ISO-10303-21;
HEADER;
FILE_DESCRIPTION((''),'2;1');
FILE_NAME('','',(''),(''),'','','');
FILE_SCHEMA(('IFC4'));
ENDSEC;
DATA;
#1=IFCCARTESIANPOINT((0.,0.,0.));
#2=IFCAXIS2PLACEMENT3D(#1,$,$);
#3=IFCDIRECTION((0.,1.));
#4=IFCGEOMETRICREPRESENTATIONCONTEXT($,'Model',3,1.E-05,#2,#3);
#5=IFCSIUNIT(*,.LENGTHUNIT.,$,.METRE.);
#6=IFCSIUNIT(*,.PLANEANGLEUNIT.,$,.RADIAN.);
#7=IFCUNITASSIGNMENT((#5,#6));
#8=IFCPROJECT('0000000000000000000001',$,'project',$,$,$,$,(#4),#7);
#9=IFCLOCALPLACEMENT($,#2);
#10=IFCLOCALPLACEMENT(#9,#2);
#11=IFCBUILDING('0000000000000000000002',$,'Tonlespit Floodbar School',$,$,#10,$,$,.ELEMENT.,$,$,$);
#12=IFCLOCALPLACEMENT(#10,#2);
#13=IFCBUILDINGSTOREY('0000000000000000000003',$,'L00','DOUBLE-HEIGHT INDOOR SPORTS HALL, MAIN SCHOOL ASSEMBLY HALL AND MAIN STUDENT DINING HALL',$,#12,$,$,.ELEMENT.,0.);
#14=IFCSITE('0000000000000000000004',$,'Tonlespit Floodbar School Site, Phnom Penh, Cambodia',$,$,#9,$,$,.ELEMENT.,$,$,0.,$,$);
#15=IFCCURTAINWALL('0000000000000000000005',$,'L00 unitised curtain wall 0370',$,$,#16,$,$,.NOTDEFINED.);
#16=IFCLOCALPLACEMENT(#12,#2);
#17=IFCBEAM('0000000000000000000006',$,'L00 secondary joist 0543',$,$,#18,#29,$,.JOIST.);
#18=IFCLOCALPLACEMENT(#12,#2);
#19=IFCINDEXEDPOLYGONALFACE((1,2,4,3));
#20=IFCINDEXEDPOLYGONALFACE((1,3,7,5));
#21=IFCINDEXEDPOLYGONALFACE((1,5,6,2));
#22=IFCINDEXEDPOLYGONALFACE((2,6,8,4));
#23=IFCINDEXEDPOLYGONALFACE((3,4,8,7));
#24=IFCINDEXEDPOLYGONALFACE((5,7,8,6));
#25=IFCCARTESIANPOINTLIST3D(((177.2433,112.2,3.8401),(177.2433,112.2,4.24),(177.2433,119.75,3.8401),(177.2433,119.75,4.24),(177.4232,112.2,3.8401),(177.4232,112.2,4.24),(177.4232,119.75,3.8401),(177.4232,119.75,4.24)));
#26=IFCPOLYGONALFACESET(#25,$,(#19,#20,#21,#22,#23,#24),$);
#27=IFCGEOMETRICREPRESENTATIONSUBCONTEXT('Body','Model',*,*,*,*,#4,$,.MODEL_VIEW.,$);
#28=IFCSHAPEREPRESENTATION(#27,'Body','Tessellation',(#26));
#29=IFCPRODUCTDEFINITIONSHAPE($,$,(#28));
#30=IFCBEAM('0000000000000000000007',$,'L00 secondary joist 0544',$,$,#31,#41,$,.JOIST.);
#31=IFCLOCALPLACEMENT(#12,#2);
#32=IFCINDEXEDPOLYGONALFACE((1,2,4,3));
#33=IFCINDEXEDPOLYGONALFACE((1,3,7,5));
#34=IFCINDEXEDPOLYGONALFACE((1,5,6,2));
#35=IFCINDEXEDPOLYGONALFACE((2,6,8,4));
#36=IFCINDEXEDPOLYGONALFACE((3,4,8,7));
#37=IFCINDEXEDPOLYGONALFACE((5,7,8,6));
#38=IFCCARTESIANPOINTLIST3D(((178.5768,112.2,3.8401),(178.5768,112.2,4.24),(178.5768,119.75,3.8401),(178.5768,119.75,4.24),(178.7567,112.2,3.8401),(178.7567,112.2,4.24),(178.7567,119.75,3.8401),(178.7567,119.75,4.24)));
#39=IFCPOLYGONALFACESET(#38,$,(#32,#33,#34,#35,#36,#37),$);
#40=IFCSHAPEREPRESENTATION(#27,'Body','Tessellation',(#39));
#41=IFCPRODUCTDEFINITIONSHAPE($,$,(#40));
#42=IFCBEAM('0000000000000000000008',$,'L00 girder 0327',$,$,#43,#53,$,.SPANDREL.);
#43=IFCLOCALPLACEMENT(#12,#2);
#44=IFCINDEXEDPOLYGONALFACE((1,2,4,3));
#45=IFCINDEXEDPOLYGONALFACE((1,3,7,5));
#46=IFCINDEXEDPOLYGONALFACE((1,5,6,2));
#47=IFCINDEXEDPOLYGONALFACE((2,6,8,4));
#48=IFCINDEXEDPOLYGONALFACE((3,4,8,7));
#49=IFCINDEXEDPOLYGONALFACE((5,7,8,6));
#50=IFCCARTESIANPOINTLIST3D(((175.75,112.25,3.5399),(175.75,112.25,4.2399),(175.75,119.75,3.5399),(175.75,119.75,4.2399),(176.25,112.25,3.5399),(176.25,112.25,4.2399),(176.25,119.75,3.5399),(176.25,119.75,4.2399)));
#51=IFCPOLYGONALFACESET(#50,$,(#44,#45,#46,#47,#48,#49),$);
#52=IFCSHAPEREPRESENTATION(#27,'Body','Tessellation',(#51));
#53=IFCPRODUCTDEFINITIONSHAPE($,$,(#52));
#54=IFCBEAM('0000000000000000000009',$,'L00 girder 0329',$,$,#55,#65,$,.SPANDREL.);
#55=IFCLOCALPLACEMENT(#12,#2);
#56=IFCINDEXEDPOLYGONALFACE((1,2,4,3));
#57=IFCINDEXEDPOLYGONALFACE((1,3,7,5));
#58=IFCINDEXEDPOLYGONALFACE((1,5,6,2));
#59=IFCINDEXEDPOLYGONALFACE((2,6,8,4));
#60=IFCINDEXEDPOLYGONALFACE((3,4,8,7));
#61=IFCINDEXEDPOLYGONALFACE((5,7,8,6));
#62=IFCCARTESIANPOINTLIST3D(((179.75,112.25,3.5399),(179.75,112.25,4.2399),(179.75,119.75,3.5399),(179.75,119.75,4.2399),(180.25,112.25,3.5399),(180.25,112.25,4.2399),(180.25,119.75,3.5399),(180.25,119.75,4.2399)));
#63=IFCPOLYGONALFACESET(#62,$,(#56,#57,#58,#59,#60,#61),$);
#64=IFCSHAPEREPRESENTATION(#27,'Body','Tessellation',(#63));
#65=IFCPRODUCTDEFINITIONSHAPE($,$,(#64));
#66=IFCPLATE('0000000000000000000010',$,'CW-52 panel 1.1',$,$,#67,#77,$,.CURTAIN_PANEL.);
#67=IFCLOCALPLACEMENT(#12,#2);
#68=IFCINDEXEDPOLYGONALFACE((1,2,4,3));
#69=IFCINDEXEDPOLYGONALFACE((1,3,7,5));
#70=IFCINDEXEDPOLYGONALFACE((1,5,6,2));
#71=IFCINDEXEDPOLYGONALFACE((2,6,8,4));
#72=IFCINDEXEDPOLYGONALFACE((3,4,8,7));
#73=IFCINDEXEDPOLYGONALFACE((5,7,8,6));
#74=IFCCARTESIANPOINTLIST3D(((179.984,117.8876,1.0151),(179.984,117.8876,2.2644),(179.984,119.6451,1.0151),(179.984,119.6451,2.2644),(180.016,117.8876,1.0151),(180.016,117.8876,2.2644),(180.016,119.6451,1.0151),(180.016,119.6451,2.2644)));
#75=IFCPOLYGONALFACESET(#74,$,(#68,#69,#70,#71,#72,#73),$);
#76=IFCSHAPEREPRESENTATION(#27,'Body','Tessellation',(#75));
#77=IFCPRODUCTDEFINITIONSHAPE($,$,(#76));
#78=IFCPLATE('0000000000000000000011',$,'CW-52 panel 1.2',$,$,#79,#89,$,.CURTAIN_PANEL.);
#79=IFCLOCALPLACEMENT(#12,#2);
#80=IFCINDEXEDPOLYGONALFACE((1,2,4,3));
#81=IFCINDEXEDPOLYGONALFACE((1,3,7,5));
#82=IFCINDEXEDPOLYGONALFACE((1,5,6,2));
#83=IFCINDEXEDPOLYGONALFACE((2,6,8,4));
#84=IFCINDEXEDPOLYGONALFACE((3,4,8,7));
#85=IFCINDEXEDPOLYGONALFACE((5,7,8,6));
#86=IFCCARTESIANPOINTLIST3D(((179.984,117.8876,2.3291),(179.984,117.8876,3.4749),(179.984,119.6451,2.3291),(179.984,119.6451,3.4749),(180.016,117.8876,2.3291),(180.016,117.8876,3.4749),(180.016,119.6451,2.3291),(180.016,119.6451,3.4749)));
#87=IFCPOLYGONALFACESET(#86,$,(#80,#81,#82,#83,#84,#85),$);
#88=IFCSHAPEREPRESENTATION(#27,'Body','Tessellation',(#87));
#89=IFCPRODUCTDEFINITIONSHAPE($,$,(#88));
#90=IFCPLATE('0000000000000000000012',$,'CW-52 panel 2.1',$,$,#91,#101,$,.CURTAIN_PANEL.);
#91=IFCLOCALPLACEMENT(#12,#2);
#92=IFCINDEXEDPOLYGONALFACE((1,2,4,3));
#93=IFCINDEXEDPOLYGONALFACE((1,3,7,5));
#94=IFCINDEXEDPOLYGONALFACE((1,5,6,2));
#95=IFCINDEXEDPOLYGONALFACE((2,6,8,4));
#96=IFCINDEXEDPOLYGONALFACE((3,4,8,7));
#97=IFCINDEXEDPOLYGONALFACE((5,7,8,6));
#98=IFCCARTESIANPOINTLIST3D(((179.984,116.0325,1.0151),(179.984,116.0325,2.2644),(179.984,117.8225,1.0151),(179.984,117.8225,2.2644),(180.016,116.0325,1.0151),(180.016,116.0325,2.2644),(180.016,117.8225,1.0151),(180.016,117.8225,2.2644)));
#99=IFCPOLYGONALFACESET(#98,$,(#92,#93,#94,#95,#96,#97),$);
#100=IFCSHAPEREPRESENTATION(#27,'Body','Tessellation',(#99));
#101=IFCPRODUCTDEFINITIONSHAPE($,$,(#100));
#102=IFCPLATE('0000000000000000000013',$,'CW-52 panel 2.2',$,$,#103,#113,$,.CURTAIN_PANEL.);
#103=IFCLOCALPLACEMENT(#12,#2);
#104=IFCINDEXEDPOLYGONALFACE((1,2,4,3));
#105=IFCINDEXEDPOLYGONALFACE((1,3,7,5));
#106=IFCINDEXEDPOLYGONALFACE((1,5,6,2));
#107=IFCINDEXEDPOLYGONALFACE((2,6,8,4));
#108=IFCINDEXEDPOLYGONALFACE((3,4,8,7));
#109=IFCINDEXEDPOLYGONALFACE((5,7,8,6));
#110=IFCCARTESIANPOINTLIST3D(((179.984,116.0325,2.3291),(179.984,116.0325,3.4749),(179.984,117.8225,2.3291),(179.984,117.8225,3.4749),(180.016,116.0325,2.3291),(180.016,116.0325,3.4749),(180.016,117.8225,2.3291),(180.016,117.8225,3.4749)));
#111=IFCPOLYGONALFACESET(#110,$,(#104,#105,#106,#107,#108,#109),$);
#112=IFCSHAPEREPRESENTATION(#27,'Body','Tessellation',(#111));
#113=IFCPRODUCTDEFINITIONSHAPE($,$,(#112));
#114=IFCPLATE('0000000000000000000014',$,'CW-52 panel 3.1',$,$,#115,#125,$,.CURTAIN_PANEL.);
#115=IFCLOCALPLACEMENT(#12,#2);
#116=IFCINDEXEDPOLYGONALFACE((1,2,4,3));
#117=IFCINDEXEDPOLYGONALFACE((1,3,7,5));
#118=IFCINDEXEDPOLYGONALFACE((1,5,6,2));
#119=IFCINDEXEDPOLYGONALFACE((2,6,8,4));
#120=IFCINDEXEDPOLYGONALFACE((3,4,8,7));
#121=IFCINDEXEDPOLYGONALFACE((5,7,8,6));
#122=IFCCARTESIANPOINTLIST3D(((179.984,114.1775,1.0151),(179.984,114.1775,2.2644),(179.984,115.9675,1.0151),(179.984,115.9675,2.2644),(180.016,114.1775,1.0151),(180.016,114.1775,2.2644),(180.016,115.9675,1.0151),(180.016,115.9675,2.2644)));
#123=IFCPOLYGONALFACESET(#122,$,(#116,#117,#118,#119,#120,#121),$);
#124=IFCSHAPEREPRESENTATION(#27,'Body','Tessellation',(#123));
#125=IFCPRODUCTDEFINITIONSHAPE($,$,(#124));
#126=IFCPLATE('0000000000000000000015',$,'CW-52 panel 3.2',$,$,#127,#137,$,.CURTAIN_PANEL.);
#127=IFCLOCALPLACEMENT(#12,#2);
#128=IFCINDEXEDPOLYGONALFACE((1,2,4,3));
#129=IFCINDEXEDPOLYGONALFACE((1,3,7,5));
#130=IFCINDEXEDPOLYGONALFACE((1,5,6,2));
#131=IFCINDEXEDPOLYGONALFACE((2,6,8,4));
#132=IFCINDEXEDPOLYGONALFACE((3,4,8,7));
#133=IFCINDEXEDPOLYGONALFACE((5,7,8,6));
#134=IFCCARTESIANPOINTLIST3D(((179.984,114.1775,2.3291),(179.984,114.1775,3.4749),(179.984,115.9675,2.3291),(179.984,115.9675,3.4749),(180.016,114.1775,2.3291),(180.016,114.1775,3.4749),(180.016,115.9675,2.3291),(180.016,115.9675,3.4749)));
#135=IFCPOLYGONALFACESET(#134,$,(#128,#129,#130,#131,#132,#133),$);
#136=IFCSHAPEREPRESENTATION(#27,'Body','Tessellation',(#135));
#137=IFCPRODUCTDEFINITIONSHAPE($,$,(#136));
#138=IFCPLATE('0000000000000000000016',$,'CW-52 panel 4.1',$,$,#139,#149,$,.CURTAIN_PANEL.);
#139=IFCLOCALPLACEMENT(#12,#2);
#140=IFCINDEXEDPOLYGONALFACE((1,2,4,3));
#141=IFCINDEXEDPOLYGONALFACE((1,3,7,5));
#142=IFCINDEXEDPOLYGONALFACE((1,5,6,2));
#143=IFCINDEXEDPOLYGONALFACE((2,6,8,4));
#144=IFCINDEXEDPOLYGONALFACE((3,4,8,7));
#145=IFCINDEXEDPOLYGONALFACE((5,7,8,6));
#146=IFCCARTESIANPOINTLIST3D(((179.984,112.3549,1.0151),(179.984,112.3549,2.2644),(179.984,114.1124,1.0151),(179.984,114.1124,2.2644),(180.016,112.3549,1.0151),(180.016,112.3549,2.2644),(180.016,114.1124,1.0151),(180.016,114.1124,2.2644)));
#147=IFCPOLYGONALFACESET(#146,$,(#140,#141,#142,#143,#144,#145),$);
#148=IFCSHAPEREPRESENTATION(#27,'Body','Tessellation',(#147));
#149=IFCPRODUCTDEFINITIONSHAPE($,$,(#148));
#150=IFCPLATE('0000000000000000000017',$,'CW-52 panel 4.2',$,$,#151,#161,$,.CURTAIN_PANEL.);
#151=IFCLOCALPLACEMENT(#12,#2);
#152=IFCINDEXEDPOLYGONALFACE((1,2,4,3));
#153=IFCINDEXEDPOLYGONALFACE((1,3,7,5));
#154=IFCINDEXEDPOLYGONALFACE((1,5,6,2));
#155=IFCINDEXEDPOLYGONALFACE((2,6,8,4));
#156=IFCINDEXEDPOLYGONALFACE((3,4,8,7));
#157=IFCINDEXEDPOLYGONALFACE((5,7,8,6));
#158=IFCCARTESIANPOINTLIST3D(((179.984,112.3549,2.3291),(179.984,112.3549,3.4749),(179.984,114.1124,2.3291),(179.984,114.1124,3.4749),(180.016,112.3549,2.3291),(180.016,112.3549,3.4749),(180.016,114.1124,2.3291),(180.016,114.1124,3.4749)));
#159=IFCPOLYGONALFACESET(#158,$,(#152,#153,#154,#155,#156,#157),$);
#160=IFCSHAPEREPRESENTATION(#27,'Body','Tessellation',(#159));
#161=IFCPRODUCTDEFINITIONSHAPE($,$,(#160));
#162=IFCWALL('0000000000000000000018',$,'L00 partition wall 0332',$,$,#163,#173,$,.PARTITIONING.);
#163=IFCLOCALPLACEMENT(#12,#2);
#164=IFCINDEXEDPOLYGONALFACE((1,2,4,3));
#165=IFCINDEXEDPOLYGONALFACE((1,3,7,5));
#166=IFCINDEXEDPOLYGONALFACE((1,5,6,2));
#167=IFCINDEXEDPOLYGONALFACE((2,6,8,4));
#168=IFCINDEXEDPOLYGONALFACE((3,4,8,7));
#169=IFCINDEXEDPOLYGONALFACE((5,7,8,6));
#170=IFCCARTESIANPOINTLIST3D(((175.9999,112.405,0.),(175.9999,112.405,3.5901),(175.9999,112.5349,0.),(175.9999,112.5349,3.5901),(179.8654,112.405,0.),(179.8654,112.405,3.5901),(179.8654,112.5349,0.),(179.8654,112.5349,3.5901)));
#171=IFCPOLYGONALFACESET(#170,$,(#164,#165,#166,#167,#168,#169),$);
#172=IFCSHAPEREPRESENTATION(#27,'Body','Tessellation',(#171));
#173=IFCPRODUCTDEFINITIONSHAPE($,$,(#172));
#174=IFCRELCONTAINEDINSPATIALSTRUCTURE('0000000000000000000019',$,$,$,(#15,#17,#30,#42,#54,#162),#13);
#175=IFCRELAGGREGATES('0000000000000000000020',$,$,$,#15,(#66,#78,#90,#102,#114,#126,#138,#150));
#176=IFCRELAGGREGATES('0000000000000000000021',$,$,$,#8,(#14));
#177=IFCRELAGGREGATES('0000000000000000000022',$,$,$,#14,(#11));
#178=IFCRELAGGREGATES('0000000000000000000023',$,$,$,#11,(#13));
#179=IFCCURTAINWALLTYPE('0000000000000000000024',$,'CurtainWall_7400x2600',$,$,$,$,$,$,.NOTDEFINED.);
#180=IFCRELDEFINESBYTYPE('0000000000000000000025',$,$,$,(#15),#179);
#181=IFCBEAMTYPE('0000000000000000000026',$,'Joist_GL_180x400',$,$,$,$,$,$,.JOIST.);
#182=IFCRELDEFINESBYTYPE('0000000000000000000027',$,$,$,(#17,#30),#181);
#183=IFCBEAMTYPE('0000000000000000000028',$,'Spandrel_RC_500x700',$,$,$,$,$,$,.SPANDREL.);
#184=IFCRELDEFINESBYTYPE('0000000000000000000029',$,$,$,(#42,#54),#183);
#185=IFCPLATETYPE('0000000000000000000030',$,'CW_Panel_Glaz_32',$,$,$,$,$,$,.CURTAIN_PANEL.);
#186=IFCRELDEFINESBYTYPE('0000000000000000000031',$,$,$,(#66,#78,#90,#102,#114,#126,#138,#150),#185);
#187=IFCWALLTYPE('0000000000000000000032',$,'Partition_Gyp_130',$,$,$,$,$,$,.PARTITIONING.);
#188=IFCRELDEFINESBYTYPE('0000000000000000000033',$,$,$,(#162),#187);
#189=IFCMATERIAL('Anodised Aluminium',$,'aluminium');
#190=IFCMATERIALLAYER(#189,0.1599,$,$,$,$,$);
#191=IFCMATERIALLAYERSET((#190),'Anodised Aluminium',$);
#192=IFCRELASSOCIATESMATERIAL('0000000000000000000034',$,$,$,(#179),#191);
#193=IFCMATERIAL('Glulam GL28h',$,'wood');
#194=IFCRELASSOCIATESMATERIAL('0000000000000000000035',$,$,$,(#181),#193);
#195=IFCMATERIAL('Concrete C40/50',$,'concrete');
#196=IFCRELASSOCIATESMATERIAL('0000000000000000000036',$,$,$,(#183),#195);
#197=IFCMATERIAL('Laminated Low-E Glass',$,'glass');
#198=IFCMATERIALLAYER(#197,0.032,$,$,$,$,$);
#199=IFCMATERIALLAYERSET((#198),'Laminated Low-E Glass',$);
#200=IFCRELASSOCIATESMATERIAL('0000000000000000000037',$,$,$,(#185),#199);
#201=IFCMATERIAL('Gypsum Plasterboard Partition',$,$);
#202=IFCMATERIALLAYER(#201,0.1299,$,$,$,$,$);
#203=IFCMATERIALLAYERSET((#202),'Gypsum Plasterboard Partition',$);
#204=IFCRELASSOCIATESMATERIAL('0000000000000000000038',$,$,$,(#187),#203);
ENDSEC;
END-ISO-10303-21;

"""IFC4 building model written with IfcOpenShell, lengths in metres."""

from ifc_helpers import new_model, si_unit, direction, frame, frame_2d, origin, origin_2d, place, context, subcontext, project, spatial, rectangle, extrude, material, layer, layer_set, material_profile, profile_set, type_object, element, aggregate, save


model = new_model("IFC4")

# Units and contexts
model_context = context("Model", 3, precision=1e-05, world=origin(), true_north=direction((0.0, 1.0)))
body_context = subcontext(model_context, "Body", "Model", "MODEL_VIEW")
ifc_project = project(units=[si_unit("LENGTHUNIT", "METRE"), si_unit("PLANEANGLEUNIT", "RADIAN")], contexts=[model_context])

# Site, building, storey
site_placement = place(None, origin())
site = spatial("IfcSite", under=ifc_project, at=site_placement, Name="Tonlespit Floodbar School Site, Phnom Penh, Cambodia", CompositionType="ELEMENT", RefElevation=0.0)
building_placement = place(site_placement, origin())
building = spatial("IfcBuilding", under=site, at=building_placement, Name="Tonlespit Floodbar School", CompositionType="ELEMENT")
storey_placement = place(building_placement, origin())
storey = spatial("IfcBuildingStorey", under=building, at=storey_placement, Name="L00", Description="DOUBLE-HEIGHT INDOOR SPORTS HALL, MAIN SCHOOL ASSEMBLY HALL AND MAIN STUDENT DINING HALL", CompositionType="ELEMENT", Elevation=0.0)

# Shared definitions
ifc_material_1 = material(Name="Concrete C40/50", Category="concrete")

# Curtain wall
ifc_material_2 = material(Name="Anodised Aluminium", Category="aluminium")
ifc_layer_1 = layer(ifc_material_2, 0.1599)
ifc_layer_set_1 = layer_set([ifc_layer_1], Name="Anodised Aluminium")
curtain_wall_type = type_object("IfcCurtainWallType", Name="CurtainWall_7400x2600", PredefinedType="NOTDEFINED", material=ifc_layer_set_1)
curtain_wall_placement = place(storey_placement, origin())
curtain_wall = element("IfcCurtainWall", 1, at=curtain_wall_placement, inside=storey, type_object=curtain_wall_type, Name="L00 unitised curtain wall 0370", PredefinedType="NOTDEFINED")

# Beams
ifc_material_3 = material(Name="Glulam GL28h", Category="wood")
ifc_material_profile_1 = material_profile(ifc_material_3, rectangle(XDim=0.1799, YDim=0.3999, at=origin_2d()), Name="GL 180x400")
ifc_profile_set_1 = profile_set([ifc_material_profile_1], Name="Glulam GL28h")
beam_type_1 = type_object("IfcBeamType", Name="Joist_GL_180x400", PredefinedType="JOIST", material=ifc_profile_set_1)
for number, where, z_axis, x_axis, name in (
    (2, (177.3333, 112.2, 4.04), (0.0, 1.0, 0.0), (-1.0, 0.0, 0.0), "L00 secondary joist 0543"),
    (3, (178.6667, 112.2, 4.04), (0.0, 1.0, 0.0), (-1.0, 0.0, 0.0), "L00 secondary joist 0544"),
):
    element("IfcBeam", number, at=place(storey_placement, frame(where, z_axis=z_axis, x_axis=x_axis)), inside=storey, type_object=beam_type_1, Name=name, PredefinedType="JOIST", context=body_context, shape_type="SweptSolid", body=[
        extrude(rectangle(XDim=0.1799, YDim=0.3999, at=origin_2d()), origin(), (0.0, 0.0, 1.0), 7.55),
    ])
ifc_material_profile_2 = material_profile(ifc_material_1, rectangle(XDim=0.5, YDim=0.7, at=origin_2d()), Name="RC 500x700")
ifc_profile_set_2 = profile_set([ifc_material_profile_2], Name="Concrete C40/50")
beam_type_2 = type_object("IfcBeamType", Name="Spandrel_RC_500x700", PredefinedType="SPANDREL", material=ifc_profile_set_2)
for number, where, z_axis, x_axis, name in (
    (4, (176.0, 112.25, 3.8899), (0.0, 1.0, 0.0), (-1.0, 0.0, 0.0), "L00 girder 0327"),
    (5, (180.0, 112.25, 3.8899), (0.0, 1.0, 0.0), (-1.0, 0.0, 0.0), "L00 girder 0329"),
):
    element("IfcBeam", number, at=place(storey_placement, frame(where, z_axis=z_axis, x_axis=x_axis)), inside=storey, type_object=beam_type_2, Name=name, PredefinedType="SPANDREL", context=body_context, shape_type="SweptSolid", body=[
        extrude(rectangle(XDim=0.5, YDim=0.7, at=origin_2d()), origin(), (0.0, 0.0, 1.0), 7.5),
    ])

# Plates
ifc_material_4 = material(Name="Laminated Low-E Glass", Category="glass")
ifc_layer_2 = layer(ifc_material_4, 0.032)
ifc_layer_set_2 = layer_set([ifc_layer_2], Name="Laminated Low-E Glass")
plate_type = type_object("IfcPlateType", Name="CW_Panel_Glaz_32", PredefinedType="CURTAIN_PANEL", material=ifc_layer_set_2)
plate_1_placement = place(storey_placement, frame((180.0, 118.7664, 1.0151), z_axis=(0.0, 0.0, 1.0), x_axis=(0.0, -1.0, 0.0)))
plate_1 = element("IfcPlate", 6, at=plate_1_placement, type_object=plate_type, Name="CW-52 panel 1.1", PredefinedType="CURTAIN_PANEL", context=body_context, shape_type="SweptSolid", body=[
    extrude(rectangle(XDim=1.7576, YDim=0.032, at=origin_2d()), origin(), (0.0, 0.0, 1.0), 1.2493),
])
plate_2_placement = place(storey_placement, frame((180.0, 118.7664, 2.3291), z_axis=(0.0, 0.0, 1.0), x_axis=(0.0, -1.0, 0.0)))
plate_2 = element("IfcPlate", 7, at=plate_2_placement, type_object=plate_type, Name="CW-52 panel 1.2", PredefinedType="CURTAIN_PANEL", context=body_context, shape_type="SweptSolid", body=[
    extrude(rectangle(XDim=1.7576, YDim=0.032, at=origin_2d()), origin(), (0.0, 0.0, 1.0), 1.1458),
])
plate_3_placement = place(storey_placement, frame((180.0, 116.9275, 1.0151), z_axis=(0.0, 0.0, 1.0), x_axis=(0.0, -1.0, 0.0)))
plate_3 = element("IfcPlate", 8, at=plate_3_placement, type_object=plate_type, Name="CW-52 panel 2.1", PredefinedType="CURTAIN_PANEL", context=body_context, shape_type="SweptSolid", body=[
    extrude(rectangle(XDim=1.79, YDim=0.032, at=origin_2d()), origin(), (0.0, 0.0, 1.0), 1.2493),
])
plate_4_placement = place(storey_placement, frame((180.0, 116.9275, 2.3291), z_axis=(0.0, 0.0, 1.0), x_axis=(0.0, -1.0, 0.0)))
plate_4 = element("IfcPlate", 9, at=plate_4_placement, type_object=plate_type, Name="CW-52 panel 2.2", PredefinedType="CURTAIN_PANEL", context=body_context, shape_type="SweptSolid", body=[
    extrude(rectangle(XDim=1.79, YDim=0.032, at=origin_2d()), origin(), (0.0, 0.0, 1.0), 1.1458),
])
plate_5_placement = place(storey_placement, frame((180.0, 115.0725, 1.0151), z_axis=(0.0, 0.0, 1.0), x_axis=(0.0, -1.0, 0.0)))
plate_5 = element("IfcPlate", 10, at=plate_5_placement, type_object=plate_type, Name="CW-52 panel 3.1", PredefinedType="CURTAIN_PANEL", context=body_context, shape_type="SweptSolid", body=[
    extrude(rectangle(XDim=1.79, YDim=0.032, at=origin_2d()), origin(), (0.0, 0.0, 1.0), 1.2493),
])
plate_6_placement = place(storey_placement, frame((180.0, 115.0725, 2.3291), z_axis=(0.0, 0.0, 1.0), x_axis=(0.0, -1.0, 0.0)))
plate_6 = element("IfcPlate", 11, at=plate_6_placement, type_object=plate_type, Name="CW-52 panel 3.2", PredefinedType="CURTAIN_PANEL", context=body_context, shape_type="SweptSolid", body=[
    extrude(rectangle(XDim=1.79, YDim=0.032, at=origin_2d()), origin(), (0.0, 0.0, 1.0), 1.1458),
])
plate_7_placement = place(storey_placement, frame((180.0, 113.2336, 1.0151), z_axis=(0.0, 0.0, 1.0), x_axis=(0.0, -1.0, 0.0)))
plate_7 = element("IfcPlate", 12, at=plate_7_placement, type_object=plate_type, Name="CW-52 panel 4.1", PredefinedType="CURTAIN_PANEL", context=body_context, shape_type="SweptSolid", body=[
    extrude(rectangle(XDim=1.7576, YDim=0.032, at=origin_2d()), origin(), (0.0, 0.0, 1.0), 1.2493),
])
plate_8_placement = place(storey_placement, frame((180.0, 113.2336, 2.3291), z_axis=(0.0, 0.0, 1.0), x_axis=(0.0, -1.0, 0.0)))
plate_8 = element("IfcPlate", 13, at=plate_8_placement, type_object=plate_type, Name="CW-52 panel 4.2", PredefinedType="CURTAIN_PANEL", context=body_context, shape_type="SweptSolid", body=[
    extrude(rectangle(XDim=1.7576, YDim=0.032, at=origin_2d()), origin(), (0.0, 0.0, 1.0), 1.1458),
])
aggregate(curtain_wall, [plate_1, plate_2, plate_3, plate_4, plate_5, plate_6, plate_7, plate_8])

# Wall
ifc_material_5 = material(Name="Gypsum Plasterboard Partition")
ifc_layer_3 = layer(ifc_material_5, 0.1299)
ifc_layer_set_3 = layer_set([ifc_layer_3], Name="Gypsum Plasterboard Partition")
wall_type = type_object("IfcWallType", Name="Partition_Gyp_130", PredefinedType="PARTITIONING", material=ifc_layer_set_3)
wall_placement = place(storey_placement, frame((176.0, 112.47, 0.0), z_axis=(0.0, 0.0, 1.0), x_axis=(1.0, 0.0, 0.0)))
element("IfcWall", 14, at=wall_placement, inside=storey, type_object=wall_type, Name="L00 partition wall 0332", PredefinedType="PARTITIONING", context=body_context, shape_type="SweptSolid", body=[
    extrude(rectangle(XDim=3.8655, YDim=0.1299, at=frame_2d((1.9326, 0.0))), origin(), (0.0, 0.0, 1.0), 3.5901),
])

save(model, "model.ifc")
